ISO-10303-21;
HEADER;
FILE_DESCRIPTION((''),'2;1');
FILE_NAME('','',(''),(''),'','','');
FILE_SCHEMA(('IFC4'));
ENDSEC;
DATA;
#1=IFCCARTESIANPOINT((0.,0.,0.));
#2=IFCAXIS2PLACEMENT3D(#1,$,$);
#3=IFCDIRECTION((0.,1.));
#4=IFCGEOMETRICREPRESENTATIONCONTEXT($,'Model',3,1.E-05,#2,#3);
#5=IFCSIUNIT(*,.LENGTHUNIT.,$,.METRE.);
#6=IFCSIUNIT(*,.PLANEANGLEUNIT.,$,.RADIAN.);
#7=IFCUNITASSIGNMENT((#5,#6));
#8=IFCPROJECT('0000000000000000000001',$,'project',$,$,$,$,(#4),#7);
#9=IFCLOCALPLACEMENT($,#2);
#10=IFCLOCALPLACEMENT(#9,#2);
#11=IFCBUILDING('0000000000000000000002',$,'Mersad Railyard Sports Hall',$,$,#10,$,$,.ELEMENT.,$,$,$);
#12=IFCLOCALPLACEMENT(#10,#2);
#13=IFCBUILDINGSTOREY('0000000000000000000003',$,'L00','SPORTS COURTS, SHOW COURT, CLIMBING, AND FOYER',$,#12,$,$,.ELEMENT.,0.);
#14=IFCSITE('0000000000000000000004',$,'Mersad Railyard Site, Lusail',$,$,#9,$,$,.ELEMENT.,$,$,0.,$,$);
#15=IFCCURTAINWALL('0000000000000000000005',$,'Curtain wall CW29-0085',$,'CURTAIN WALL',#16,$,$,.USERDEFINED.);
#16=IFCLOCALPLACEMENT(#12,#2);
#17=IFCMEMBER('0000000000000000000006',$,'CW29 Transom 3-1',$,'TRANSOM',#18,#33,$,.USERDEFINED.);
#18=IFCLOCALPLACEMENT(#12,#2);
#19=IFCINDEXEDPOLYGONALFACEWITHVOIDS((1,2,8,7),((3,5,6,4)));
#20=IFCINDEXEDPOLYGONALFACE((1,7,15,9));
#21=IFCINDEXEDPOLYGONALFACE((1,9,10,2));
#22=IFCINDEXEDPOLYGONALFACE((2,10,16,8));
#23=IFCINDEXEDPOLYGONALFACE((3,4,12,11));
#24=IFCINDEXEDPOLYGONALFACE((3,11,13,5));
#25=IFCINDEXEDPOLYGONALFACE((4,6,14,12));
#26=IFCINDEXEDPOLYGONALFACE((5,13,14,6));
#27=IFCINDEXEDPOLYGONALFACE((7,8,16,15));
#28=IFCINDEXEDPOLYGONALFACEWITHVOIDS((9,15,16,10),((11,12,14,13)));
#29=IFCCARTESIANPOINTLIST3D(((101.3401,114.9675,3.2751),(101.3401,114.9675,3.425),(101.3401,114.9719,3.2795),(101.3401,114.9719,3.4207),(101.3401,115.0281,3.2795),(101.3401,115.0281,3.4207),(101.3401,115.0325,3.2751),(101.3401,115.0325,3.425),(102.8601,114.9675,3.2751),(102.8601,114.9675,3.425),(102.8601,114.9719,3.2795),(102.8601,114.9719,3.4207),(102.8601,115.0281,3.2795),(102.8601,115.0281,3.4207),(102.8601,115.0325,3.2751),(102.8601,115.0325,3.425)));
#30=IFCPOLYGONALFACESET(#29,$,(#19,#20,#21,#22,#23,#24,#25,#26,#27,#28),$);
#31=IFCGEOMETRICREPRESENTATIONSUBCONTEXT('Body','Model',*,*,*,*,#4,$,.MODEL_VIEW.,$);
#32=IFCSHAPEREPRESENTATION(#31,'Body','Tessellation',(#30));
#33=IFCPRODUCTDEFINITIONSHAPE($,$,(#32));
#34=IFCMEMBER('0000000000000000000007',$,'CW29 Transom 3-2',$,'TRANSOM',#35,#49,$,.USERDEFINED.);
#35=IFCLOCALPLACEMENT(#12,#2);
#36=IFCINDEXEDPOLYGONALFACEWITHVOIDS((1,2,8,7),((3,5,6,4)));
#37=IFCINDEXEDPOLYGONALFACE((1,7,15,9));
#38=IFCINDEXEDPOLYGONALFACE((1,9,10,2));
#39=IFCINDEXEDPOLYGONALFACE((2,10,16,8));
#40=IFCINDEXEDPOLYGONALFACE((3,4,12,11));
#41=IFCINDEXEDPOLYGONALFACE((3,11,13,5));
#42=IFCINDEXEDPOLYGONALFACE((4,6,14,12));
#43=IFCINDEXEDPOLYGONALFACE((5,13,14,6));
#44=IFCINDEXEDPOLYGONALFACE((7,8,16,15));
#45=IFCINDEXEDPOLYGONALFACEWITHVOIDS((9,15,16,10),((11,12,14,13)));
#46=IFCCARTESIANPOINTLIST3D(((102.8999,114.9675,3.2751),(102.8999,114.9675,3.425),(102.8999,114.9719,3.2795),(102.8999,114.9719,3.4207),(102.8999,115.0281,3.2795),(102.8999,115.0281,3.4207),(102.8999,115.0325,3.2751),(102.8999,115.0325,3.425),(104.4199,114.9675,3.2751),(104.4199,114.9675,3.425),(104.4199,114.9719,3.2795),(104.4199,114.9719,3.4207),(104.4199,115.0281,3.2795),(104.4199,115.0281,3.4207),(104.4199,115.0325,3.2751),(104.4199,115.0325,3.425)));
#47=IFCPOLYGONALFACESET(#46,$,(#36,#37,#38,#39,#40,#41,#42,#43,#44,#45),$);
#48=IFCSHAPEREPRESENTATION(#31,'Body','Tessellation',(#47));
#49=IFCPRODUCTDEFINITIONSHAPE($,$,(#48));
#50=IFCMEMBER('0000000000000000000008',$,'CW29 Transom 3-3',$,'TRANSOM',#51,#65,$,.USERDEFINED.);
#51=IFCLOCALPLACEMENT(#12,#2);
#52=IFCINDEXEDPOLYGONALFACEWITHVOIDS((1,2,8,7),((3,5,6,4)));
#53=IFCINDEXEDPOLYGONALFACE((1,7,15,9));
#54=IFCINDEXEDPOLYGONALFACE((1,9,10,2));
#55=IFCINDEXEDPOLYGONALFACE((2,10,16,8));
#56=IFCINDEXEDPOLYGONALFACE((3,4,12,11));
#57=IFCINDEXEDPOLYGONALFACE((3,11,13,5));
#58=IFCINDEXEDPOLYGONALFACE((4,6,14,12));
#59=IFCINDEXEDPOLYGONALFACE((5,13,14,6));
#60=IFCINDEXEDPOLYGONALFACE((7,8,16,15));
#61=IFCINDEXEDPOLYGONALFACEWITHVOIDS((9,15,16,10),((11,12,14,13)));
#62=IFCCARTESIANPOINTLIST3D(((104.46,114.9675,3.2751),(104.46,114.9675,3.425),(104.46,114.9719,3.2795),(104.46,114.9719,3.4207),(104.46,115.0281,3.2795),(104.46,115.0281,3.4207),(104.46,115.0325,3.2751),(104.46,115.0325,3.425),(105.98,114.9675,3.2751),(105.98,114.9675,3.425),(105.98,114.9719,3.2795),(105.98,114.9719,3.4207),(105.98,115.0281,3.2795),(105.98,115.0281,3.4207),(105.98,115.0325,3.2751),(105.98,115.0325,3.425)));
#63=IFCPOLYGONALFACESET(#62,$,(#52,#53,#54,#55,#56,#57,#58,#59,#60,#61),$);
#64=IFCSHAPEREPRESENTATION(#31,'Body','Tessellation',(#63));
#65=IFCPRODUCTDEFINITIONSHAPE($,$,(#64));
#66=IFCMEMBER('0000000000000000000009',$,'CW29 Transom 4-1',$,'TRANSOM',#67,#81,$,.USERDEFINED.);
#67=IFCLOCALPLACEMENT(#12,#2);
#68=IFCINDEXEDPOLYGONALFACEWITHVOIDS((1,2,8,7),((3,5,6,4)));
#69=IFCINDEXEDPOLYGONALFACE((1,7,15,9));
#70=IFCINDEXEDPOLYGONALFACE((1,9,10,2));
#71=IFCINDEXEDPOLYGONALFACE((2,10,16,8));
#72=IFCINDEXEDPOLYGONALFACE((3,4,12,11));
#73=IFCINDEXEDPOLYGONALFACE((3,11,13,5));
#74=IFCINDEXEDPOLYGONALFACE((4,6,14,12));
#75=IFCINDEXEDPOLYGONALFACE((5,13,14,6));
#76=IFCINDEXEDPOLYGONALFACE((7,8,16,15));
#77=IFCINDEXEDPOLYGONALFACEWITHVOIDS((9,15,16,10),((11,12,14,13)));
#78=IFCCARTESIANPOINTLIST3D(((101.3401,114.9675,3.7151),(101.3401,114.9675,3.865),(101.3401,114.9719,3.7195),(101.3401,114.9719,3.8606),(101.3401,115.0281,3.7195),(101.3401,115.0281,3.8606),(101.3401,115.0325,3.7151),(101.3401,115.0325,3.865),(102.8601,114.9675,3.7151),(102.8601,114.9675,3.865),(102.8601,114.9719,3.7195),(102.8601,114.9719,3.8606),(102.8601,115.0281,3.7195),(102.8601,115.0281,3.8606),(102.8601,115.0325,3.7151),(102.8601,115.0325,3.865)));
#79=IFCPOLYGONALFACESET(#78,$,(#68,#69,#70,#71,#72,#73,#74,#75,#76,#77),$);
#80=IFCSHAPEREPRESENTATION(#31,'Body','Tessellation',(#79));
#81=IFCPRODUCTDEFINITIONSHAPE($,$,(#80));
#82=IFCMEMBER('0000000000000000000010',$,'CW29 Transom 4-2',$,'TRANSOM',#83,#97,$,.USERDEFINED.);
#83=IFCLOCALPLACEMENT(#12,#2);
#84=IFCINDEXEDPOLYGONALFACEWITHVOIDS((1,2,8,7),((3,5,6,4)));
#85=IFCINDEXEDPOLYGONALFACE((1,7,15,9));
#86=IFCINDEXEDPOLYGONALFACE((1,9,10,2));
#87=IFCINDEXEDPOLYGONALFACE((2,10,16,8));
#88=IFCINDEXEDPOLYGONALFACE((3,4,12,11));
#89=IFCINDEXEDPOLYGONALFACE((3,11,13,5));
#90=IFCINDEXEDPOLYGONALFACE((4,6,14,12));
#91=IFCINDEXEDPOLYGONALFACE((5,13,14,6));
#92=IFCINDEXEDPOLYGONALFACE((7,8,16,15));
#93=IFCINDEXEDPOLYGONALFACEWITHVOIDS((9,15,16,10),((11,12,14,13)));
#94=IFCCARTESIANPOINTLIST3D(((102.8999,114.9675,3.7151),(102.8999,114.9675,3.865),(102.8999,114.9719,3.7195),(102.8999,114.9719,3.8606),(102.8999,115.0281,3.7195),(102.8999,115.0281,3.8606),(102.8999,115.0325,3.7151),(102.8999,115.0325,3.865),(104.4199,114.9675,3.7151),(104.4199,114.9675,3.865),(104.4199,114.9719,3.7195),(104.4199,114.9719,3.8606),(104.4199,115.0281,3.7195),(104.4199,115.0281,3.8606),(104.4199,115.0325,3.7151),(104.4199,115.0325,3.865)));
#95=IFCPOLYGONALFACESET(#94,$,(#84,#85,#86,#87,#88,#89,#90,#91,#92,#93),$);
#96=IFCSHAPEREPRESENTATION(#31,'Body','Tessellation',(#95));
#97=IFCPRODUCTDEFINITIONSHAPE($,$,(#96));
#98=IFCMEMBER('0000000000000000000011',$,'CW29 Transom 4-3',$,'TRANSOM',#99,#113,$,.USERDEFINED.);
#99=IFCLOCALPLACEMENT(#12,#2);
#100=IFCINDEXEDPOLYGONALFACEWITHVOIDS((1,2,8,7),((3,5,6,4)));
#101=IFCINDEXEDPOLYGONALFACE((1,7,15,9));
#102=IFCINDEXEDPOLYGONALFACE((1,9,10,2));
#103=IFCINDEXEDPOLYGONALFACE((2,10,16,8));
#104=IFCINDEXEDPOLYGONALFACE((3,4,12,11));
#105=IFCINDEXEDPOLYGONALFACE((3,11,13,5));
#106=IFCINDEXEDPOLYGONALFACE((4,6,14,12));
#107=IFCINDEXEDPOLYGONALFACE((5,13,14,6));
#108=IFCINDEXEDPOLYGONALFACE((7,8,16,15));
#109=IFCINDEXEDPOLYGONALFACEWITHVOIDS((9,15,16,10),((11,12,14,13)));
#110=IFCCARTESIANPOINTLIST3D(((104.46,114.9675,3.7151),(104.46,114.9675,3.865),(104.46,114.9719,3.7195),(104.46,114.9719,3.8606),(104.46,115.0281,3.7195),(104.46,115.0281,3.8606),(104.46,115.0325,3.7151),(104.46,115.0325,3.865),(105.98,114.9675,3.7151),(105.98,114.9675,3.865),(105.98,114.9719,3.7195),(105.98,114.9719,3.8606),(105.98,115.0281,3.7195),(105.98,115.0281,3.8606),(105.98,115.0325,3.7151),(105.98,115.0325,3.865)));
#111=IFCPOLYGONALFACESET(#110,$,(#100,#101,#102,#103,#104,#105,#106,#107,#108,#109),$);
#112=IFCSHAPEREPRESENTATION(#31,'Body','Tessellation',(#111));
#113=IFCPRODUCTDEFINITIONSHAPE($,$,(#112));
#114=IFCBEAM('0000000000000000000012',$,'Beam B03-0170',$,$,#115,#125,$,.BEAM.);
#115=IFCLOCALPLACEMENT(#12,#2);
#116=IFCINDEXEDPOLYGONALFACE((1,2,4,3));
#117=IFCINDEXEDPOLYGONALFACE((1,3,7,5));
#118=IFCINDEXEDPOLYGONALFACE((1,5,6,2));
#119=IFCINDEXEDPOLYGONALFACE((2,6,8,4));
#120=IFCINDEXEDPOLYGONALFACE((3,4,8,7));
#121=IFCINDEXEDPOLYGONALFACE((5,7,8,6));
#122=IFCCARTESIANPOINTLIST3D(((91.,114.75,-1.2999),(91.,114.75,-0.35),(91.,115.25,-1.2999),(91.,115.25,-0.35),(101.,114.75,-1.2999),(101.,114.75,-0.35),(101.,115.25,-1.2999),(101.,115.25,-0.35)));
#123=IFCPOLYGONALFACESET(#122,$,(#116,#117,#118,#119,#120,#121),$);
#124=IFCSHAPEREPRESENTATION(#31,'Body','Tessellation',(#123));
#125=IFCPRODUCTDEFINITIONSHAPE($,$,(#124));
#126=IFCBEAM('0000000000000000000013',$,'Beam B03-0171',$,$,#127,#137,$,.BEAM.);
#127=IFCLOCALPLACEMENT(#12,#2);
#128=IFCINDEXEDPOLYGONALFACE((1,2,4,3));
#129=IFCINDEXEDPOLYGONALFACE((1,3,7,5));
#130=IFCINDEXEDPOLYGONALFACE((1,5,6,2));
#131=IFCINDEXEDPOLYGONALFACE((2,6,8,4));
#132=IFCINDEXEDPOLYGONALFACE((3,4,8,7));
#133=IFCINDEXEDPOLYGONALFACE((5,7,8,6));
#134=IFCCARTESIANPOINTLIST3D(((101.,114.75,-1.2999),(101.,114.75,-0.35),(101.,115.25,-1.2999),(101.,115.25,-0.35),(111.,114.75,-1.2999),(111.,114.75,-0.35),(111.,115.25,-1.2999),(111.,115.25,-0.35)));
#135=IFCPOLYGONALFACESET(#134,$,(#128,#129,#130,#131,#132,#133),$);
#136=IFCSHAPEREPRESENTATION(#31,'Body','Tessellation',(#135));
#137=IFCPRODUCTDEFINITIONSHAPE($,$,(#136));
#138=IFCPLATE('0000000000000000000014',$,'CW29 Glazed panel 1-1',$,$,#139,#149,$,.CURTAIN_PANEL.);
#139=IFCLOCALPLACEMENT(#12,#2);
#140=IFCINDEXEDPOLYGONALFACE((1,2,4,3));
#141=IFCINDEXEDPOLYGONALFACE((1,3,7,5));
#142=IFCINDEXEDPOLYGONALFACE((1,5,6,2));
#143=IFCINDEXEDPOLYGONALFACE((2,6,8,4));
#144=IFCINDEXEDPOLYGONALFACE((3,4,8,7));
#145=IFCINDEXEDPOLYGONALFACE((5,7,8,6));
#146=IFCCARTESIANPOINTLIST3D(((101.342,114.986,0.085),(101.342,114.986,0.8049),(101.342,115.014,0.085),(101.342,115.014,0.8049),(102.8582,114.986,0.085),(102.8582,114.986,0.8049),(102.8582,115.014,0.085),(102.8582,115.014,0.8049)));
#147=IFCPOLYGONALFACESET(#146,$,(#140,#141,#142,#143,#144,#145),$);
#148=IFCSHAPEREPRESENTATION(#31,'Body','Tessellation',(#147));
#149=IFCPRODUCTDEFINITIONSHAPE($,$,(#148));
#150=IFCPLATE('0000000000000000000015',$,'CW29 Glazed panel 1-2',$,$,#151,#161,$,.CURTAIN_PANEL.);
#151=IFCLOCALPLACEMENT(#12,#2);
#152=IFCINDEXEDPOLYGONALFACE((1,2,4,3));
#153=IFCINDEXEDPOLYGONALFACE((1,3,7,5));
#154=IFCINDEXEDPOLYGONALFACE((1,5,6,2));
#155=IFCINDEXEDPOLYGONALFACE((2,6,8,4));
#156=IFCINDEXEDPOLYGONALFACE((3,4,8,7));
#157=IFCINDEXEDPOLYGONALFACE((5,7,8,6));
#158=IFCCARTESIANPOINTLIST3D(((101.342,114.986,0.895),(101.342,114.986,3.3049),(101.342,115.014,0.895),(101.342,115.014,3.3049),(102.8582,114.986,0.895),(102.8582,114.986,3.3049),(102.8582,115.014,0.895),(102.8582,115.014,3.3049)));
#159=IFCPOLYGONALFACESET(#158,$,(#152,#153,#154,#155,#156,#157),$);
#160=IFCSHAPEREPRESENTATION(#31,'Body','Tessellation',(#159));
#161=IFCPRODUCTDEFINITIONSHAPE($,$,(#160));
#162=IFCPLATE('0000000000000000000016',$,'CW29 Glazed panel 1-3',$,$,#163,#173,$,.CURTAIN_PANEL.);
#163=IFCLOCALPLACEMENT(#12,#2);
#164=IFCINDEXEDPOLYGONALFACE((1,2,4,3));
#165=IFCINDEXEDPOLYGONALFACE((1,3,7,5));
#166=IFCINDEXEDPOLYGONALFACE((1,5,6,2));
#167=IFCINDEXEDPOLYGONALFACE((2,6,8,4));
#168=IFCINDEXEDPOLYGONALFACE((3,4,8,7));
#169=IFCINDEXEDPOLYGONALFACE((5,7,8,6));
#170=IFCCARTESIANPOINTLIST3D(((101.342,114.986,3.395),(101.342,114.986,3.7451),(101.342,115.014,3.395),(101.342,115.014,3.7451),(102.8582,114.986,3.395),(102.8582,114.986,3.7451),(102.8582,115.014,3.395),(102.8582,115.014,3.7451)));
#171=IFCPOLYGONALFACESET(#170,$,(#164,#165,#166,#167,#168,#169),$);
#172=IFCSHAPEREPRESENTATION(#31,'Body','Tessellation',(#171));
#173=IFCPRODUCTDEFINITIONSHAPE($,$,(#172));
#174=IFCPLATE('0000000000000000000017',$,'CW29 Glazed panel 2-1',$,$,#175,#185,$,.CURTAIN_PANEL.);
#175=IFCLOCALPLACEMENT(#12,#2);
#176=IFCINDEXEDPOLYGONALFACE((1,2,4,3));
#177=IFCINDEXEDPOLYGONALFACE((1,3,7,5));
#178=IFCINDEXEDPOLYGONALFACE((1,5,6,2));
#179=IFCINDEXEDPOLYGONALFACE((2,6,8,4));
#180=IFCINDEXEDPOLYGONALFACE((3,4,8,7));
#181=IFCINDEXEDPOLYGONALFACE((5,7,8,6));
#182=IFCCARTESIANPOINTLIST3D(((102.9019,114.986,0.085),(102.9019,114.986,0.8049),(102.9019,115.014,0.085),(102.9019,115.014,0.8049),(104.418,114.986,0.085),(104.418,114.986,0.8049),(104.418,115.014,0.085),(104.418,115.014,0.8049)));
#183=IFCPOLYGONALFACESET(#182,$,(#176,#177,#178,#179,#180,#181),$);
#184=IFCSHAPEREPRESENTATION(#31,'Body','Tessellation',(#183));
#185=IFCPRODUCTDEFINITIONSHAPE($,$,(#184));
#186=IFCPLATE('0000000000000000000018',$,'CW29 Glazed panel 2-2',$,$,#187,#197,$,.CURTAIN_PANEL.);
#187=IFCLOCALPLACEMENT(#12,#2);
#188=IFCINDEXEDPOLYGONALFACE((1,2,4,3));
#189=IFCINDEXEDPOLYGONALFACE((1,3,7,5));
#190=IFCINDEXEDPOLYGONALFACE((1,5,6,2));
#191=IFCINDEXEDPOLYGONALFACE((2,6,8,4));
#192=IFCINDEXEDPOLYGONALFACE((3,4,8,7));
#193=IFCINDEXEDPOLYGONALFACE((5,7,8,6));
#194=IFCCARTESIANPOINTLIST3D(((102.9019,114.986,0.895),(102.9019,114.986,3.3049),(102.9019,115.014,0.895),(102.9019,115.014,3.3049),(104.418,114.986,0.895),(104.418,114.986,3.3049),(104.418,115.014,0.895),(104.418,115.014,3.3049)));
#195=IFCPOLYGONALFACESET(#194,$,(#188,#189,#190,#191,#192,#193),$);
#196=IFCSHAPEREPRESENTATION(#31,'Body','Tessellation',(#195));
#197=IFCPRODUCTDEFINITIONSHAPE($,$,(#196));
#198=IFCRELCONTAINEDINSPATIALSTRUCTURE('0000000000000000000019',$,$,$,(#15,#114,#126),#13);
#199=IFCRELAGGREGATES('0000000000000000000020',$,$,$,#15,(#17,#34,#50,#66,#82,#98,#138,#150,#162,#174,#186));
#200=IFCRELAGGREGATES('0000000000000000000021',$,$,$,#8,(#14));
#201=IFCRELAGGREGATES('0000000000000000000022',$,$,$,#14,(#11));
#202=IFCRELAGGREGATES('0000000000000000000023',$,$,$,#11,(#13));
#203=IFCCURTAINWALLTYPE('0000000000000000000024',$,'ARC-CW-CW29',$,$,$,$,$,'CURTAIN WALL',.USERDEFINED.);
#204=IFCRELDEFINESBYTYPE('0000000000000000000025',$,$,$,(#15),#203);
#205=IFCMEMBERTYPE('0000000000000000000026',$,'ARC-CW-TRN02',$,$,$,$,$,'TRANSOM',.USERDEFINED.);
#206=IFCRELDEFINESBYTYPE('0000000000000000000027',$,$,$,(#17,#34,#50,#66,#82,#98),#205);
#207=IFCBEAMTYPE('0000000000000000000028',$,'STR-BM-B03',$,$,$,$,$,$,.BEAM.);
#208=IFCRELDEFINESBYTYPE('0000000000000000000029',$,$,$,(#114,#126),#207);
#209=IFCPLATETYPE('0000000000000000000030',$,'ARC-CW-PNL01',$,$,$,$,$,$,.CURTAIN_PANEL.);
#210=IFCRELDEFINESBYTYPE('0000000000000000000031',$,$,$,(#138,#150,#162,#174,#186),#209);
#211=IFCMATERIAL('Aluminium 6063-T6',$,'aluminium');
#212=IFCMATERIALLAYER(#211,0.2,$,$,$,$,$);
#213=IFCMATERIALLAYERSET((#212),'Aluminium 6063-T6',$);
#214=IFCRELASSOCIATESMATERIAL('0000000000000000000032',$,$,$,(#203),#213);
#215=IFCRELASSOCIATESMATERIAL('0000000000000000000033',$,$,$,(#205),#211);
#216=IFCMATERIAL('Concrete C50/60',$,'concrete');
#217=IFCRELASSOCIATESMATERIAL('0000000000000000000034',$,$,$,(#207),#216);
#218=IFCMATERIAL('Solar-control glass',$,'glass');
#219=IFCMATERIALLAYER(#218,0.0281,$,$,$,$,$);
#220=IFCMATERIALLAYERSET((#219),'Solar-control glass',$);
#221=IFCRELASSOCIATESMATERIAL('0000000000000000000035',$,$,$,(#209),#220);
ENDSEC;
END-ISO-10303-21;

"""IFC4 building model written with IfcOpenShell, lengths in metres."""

from ifc_helpers import new_model, si_unit, direction, frame, origin, origin_2d, place, context, subcontext, project, spatial, rectangle, hollow_rectangle, extrude, material, layer, layer_set, material_profile, profile_set, type_object, element, aggregate, save


model = new_model("IFC4")

# Units and contexts
model_context = context("Model", 3, precision=1e-05, world=origin(), true_north=direction((0.0, 1.0)))
body_context = subcontext(model_context, "Body", "Model", "MODEL_VIEW")
ifc_project = project(units=[si_unit("LENGTHUNIT", "METRE"), si_unit("PLANEANGLEUNIT", "RADIAN")], contexts=[model_context])

# Site, building, storey
site_placement = place(None, origin())
site = spatial("IfcSite", under=ifc_project, at=site_placement, Name="Mersad Railyard Site, Lusail", CompositionType="ELEMENT", RefElevation=0.0)
building_placement = place(site_placement, origin())
building = spatial("IfcBuilding", under=site, at=building_placement, Name="Mersad Railyard Sports Hall", CompositionType="ELEMENT")
storey_placement = place(building_placement, origin())
storey = spatial("IfcBuildingStorey", under=building, at=storey_placement, Name="L00", Description="SPORTS COURTS, SHOW COURT, CLIMBING, AND FOYER", CompositionType="ELEMENT", Elevation=0.0)

# Shared definitions
ifc_material_1 = material(Name="Concrete C50/60", Category="concrete")

# Curtain wall, members
ifc_material_2 = material(Name="Aluminium 6063-T6", Category="aluminium")
ifc_layer_1 = layer(ifc_material_2, 0.2)
ifc_layer_set_1 = layer_set([ifc_layer_1], Name="Aluminium 6063-T6")
curtain_wall_type = type_object("IfcCurtainWallType", Name="ARC-CW-CW29", ElementType="CURTAIN WALL", PredefinedType="USERDEFINED", material=ifc_layer_set_1)
curtain_wall_placement = place(storey_placement, origin())
curtain_wall = element("IfcCurtainWall", 1, at=curtain_wall_placement, inside=storey, type_object=curtain_wall_type, Name="Curtain wall CW29-0085", ObjectType="CURTAIN WALL", PredefinedType="USERDEFINED")
ifc_material_profile_1 = material_profile(ifc_material_2, hollow_rectangle(XDim=0.0649, YDim=0.1499, WallThickness=0.0044, at=origin_2d()), Name="AL TRANSOM 65x150x4.5")
ifc_profile_set_1 = profile_set([ifc_material_profile_1], Name="Aluminium 6063-T6")
member_type_1 = type_object("IfcMemberType", Name="ARC-CW-TRN02", ElementType="TRANSOM", PredefinedType="USERDEFINED", material=ifc_profile_set_1)
member_1_placement = place(storey_placement, frame((101.3401, 115.0, 3.3501), z_axis=(1.0, 0.0, 0.0), x_axis=(0.0, 1.0, 0.0)))
member_1 = element("IfcMember", 2, at=member_1_placement, type_object=member_type_1, Name="CW29 Transom 3-1", ObjectType="TRANSOM", PredefinedType="USERDEFINED", context=body_context, shape_type="SweptSolid", body=[
    extrude(hollow_rectangle(XDim=0.0649, YDim=0.1499, WallThickness=0.0044, at=origin_2d()), origin(), (0.0, 0.0, 1.0), 1.52),
])
member_2_placement = place(storey_placement, frame((102.8999, 115.0, 3.3501), z_axis=(1.0, 0.0, 0.0), x_axis=(0.0, 1.0, 0.0)))
member_2 = element("IfcMember", 3, at=member_2_placement, type_object=member_type_1, Name="CW29 Transom 3-2", ObjectType="TRANSOM", PredefinedType="USERDEFINED", context=body_context, shape_type="SweptSolid", body=[
    extrude(hollow_rectangle(XDim=0.0649, YDim=0.1499, WallThickness=0.0044, at=origin_2d()), origin(), (0.0, 0.0, 1.0), 1.52),
])
member_3_placement = place(storey_placement, frame((104.46, 115.0, 3.3501), z_axis=(1.0, 0.0, 0.0), x_axis=(0.0, 1.0, 0.0)))
member_3 = element("IfcMember", 4, at=member_3_placement, type_object=member_type_1, Name="CW29 Transom 3-3", ObjectType="TRANSOM", PredefinedType="USERDEFINED", context=body_context, shape_type="SweptSolid", body=[
    extrude(hollow_rectangle(XDim=0.0649, YDim=0.1499, WallThickness=0.0044, at=origin_2d()), origin(), (0.0, 0.0, 1.0), 1.52),
])
member_4_placement = place(storey_placement, frame((101.3401, 115.0, 3.79), z_axis=(1.0, 0.0, 0.0), x_axis=(0.0, 1.0, 0.0)))
member_4 = element("IfcMember", 5, at=member_4_placement, type_object=member_type_1, Name="CW29 Transom 4-1", ObjectType="TRANSOM", PredefinedType="USERDEFINED", context=body_context, shape_type="SweptSolid", body=[
    extrude(hollow_rectangle(XDim=0.0649, YDim=0.1499, WallThickness=0.0044, at=origin_2d()), origin(), (0.0, 0.0, 1.0), 1.52),
])
member_5_placement = place(storey_placement, frame((102.8999, 115.0, 3.79), z_axis=(1.0, 0.0, 0.0), x_axis=(0.0, 1.0, 0.0)))
member_5 = element("IfcMember", 6, at=member_5_placement, type_object=member_type_1, Name="CW29 Transom 4-2", ObjectType="TRANSOM", PredefinedType="USERDEFINED", context=body_context, shape_type="SweptSolid", body=[
    extrude(hollow_rectangle(XDim=0.0649, YDim=0.1499, WallThickness=0.0044, at=origin_2d()), origin(), (0.0, 0.0, 1.0), 1.52),
])
member_6_placement = place(storey_placement, frame((104.46, 115.0, 3.79), z_axis=(1.0, 0.0, 0.0), x_axis=(0.0, 1.0, 0.0)))
member_6 = element("IfcMember", 7, at=member_6_placement, type_object=member_type_1, Name="CW29 Transom 4-3", ObjectType="TRANSOM", PredefinedType="USERDEFINED", context=body_context, shape_type="SweptSolid", body=[
    extrude(hollow_rectangle(XDim=0.0649, YDim=0.1499, WallThickness=0.0044, at=origin_2d()), origin(), (0.0, 0.0, 1.0), 1.52),
])

# Beams
ifc_material_profile_2 = material_profile(ifc_material_1, rectangle(XDim=0.5, YDim=0.95, at=origin_2d()), Name="RC 500x950")
ifc_profile_set_2 = profile_set([ifc_material_profile_2], Name="Concrete C50/60")
beam_type = type_object("IfcBeamType", Name="STR-BM-B03", PredefinedType="BEAM", material=ifc_profile_set_2)
for number, where, z_axis, x_axis, name in (
    (8, (91.0, 115.0, -0.825), (1.0, 0.0, 0.0), (0.0, 1.0, 0.0), "Beam B03-0170"),
    (9, (101.0, 115.0, -0.825), (1.0, 0.0, 0.0), (0.0, 1.0, 0.0), "Beam B03-0171"),
):
    element("IfcBeam", number, at=place(storey_placement, frame(where, z_axis=z_axis, x_axis=x_axis)), inside=storey, type_object=beam_type, Name=name, PredefinedType="BEAM", context=body_context, shape_type="SweptSolid", body=[
        extrude(rectangle(XDim=0.5, YDim=0.95, at=origin_2d()), origin(), (0.0, 0.0, 1.0), 10.0),
    ])

# Plates
ifc_material_3 = material(Name="Solar-control glass", Category="glass")
ifc_layer_2 = layer(ifc_material_3, 0.0281)
ifc_layer_set_2 = layer_set([ifc_layer_2], Name="Solar-control glass")
plate_type = type_object("IfcPlateType", Name="ARC-CW-PNL01", PredefinedType="CURTAIN_PANEL", material=ifc_layer_set_2)
plate_1_placement = place(storey_placement, frame((102.1001, 115.0, 0.085), z_axis=(0.0, 0.0, 1.0), x_axis=(1.0, 0.0, 0.0)))
plate_1 = element("IfcPlate", 10, at=plate_1_placement, type_object=plate_type, Name="CW29 Glazed panel 1-1", PredefinedType="CURTAIN_PANEL", context=body_context, shape_type="SweptSolid", body=[
    extrude(rectangle(XDim=1.5161, YDim=0.0281, at=origin_2d()), origin(), (0.0, 0.0, 1.0), 0.72),
])
plate_2_placement = place(storey_placement, frame((102.1001, 115.0, 0.895), z_axis=(0.0, 0.0, 1.0), x_axis=(1.0, 0.0, 0.0)))
plate_2 = element("IfcPlate", 11, at=plate_2_placement, type_object=plate_type, Name="CW29 Glazed panel 1-2", PredefinedType="CURTAIN_PANEL", context=body_context, shape_type="SweptSolid", body=[
    extrude(rectangle(XDim=1.5161, YDim=0.0281, at=origin_2d()), origin(), (0.0, 0.0, 1.0), 2.4099),
])
plate_3_placement = place(storey_placement, frame((102.1001, 115.0, 3.395), z_axis=(0.0, 0.0, 1.0), x_axis=(1.0, 0.0, 0.0)))
plate_3 = element("IfcPlate", 12, at=plate_3_placement, type_object=plate_type, Name="CW29 Glazed panel 1-3", PredefinedType="CURTAIN_PANEL", context=body_context, shape_type="SweptSolid", body=[
    extrude(rectangle(XDim=1.5161, YDim=0.0281, at=origin_2d()), origin(), (0.0, 0.0, 1.0), 0.3501),
])
plate_4_placement = place(storey_placement, frame((103.6599, 115.0, 0.085), z_axis=(0.0, 0.0, 1.0), x_axis=(1.0, 0.0, 0.0)))
plate_4 = element("IfcPlate", 13, at=plate_4_placement, type_object=plate_type, Name="CW29 Glazed panel 2-1", PredefinedType="CURTAIN_PANEL", context=body_context, shape_type="SweptSolid", body=[
    extrude(rectangle(XDim=1.5161, YDim=0.0281, at=origin_2d()), origin(), (0.0, 0.0, 1.0), 0.72),
])
plate_5_placement = place(storey_placement, frame((103.6599, 115.0, 0.895), z_axis=(0.0, 0.0, 1.0), x_axis=(1.0, 0.0, 0.0)))
plate_5 = element("IfcPlate", 14, at=plate_5_placement, type_object=plate_type, Name="CW29 Glazed panel 2-2", PredefinedType="CURTAIN_PANEL", context=body_context, shape_type="SweptSolid", body=[
    extrude(rectangle(XDim=1.5161, YDim=0.0281, at=origin_2d()), origin(), (0.0, 0.0, 1.0), 2.4099),
])
aggregate(curtain_wall, [member_1, member_2, member_3, member_4, member_5, member_6, plate_1, plate_2, plate_3, plate_4, plate_5])

save(model, "model.ifc")
